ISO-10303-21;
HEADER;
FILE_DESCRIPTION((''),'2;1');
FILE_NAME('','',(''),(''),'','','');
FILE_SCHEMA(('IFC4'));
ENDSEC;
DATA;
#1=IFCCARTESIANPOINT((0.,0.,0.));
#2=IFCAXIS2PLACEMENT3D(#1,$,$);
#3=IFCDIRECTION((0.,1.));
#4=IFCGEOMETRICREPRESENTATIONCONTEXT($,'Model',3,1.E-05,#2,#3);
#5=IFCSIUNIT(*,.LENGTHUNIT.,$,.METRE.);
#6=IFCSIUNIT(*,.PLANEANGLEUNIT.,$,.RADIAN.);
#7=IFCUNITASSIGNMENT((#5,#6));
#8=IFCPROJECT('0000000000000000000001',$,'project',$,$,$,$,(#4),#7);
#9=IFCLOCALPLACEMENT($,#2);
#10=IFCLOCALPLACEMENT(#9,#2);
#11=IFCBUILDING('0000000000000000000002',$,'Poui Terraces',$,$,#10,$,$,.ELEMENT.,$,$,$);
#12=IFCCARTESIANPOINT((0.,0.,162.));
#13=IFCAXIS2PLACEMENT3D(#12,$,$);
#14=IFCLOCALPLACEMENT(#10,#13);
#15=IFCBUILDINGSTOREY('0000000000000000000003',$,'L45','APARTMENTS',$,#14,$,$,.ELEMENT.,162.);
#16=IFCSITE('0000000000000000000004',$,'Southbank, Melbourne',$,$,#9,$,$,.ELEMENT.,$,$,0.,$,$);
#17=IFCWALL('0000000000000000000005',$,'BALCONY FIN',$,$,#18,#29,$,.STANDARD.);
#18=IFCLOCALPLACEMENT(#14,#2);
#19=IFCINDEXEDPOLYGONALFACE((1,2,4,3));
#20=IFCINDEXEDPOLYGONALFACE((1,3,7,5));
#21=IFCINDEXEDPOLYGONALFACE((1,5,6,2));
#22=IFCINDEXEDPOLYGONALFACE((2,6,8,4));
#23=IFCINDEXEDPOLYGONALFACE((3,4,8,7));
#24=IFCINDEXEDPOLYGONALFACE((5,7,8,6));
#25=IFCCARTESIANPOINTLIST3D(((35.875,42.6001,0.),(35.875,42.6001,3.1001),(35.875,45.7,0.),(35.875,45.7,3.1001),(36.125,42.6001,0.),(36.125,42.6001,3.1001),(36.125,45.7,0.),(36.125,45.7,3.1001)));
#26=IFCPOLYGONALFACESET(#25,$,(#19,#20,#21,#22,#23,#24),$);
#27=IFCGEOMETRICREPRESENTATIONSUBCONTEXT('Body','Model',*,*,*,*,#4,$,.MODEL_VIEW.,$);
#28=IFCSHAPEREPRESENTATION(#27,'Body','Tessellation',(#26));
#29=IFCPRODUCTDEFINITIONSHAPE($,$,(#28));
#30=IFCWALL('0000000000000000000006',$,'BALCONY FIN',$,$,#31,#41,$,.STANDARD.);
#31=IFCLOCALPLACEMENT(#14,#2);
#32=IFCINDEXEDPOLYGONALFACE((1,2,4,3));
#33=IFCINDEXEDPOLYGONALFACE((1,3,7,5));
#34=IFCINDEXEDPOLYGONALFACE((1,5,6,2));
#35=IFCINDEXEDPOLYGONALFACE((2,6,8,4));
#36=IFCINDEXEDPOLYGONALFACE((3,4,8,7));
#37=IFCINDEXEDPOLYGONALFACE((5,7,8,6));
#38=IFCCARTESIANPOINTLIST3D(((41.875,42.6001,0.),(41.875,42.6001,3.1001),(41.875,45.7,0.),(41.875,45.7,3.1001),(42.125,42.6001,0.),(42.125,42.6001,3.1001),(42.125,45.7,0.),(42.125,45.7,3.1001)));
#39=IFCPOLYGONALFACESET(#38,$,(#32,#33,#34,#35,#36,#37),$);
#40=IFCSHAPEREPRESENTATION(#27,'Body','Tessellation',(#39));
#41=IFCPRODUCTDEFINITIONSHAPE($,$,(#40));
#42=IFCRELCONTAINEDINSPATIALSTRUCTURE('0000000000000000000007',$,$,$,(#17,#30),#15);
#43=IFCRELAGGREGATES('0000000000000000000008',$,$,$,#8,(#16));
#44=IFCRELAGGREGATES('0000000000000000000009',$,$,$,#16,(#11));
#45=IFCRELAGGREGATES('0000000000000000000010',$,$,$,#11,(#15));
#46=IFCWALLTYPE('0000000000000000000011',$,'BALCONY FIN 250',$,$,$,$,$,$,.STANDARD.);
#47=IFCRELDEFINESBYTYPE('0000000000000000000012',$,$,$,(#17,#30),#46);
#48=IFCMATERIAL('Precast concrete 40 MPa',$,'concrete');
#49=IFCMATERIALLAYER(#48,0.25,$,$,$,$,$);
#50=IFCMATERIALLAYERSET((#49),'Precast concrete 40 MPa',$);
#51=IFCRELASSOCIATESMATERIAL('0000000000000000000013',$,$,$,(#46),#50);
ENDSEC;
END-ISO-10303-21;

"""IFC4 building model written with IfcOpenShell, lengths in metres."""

from ifc_helpers import new_model, si_unit, direction, frame, origin, place, context, subcontext, project, spatial, polyline, outline, extrude, source, transform, mapped, material, layer, layer_set, type_object, element, save


model = new_model("IFC4")

# Units and contexts
model_context = context("Model", 3, precision=1e-05, world=origin(), true_north=direction((0.0, 1.0)))
body_context = subcontext(model_context, "Body", "Model", "MODEL_VIEW")
ifc_project = project(units=[si_unit("LENGTHUNIT", "METRE"), si_unit("PLANEANGLEUNIT", "RADIAN")], contexts=[model_context])

# Site, building, storey
site_placement = place(None, origin())
site = spatial("IfcSite", under=ifc_project, at=site_placement, Name="Southbank, Melbourne", CompositionType="ELEMENT", RefElevation=0.0)
building_placement = place(site_placement, origin())
building = spatial("IfcBuilding", under=site, at=building_placement, Name="Poui Terraces", CompositionType="ELEMENT")
storey_placement = place(building_placement, frame((0.0, 0.0, 162.0)))
storey = spatial("IfcBuildingStorey", under=building, at=storey_placement, Name="L45", Description="APARTMENTS", CompositionType="ELEMENT", Elevation=162.0)

# Walls
ifc_material_1 = material(Name="Precast concrete 40 MPa", Category="concrete")
ifc_layer_1 = layer(ifc_material_1, 0.25)
ifc_layer_set_1 = layer_set([ifc_layer_1], Name="Precast concrete 40 MPa")
wall_type_1 = type_object("IfcWallType", Name="BALCONY FIN 250", PredefinedType="STANDARD", material=ifc_layer_set_1)
shared_shape_1 = source(origin(), body_context, "Body", "SweptSolid", [
    extrude(outline(polyline([(0.0, 0.0), (0.25, 0.0), (0.25, 3.0999), (0.0, 3.0999), (0.0, 0.0)])), origin(), (0.0, 0.0, 1.0), 3.1001),
])
for number, where, name in (
    (1, (35.875, 42.6001, 0.0), "BALCONY FIN"),
    (2, (41.875, 42.6001, 0.0), "BALCONY FIN"),
):
    element("IfcWall", number, at=place(storey_placement, frame(where)), inside=storey, type_object=wall_type_1, Name=name, PredefinedType="STANDARD", context=body_context, shape_type="MappedRepresentation", body=[
        mapped(shared_shape_1, transform((0.0, 0.0, 0.0))),
    ])

save(model, "model.ifc")
